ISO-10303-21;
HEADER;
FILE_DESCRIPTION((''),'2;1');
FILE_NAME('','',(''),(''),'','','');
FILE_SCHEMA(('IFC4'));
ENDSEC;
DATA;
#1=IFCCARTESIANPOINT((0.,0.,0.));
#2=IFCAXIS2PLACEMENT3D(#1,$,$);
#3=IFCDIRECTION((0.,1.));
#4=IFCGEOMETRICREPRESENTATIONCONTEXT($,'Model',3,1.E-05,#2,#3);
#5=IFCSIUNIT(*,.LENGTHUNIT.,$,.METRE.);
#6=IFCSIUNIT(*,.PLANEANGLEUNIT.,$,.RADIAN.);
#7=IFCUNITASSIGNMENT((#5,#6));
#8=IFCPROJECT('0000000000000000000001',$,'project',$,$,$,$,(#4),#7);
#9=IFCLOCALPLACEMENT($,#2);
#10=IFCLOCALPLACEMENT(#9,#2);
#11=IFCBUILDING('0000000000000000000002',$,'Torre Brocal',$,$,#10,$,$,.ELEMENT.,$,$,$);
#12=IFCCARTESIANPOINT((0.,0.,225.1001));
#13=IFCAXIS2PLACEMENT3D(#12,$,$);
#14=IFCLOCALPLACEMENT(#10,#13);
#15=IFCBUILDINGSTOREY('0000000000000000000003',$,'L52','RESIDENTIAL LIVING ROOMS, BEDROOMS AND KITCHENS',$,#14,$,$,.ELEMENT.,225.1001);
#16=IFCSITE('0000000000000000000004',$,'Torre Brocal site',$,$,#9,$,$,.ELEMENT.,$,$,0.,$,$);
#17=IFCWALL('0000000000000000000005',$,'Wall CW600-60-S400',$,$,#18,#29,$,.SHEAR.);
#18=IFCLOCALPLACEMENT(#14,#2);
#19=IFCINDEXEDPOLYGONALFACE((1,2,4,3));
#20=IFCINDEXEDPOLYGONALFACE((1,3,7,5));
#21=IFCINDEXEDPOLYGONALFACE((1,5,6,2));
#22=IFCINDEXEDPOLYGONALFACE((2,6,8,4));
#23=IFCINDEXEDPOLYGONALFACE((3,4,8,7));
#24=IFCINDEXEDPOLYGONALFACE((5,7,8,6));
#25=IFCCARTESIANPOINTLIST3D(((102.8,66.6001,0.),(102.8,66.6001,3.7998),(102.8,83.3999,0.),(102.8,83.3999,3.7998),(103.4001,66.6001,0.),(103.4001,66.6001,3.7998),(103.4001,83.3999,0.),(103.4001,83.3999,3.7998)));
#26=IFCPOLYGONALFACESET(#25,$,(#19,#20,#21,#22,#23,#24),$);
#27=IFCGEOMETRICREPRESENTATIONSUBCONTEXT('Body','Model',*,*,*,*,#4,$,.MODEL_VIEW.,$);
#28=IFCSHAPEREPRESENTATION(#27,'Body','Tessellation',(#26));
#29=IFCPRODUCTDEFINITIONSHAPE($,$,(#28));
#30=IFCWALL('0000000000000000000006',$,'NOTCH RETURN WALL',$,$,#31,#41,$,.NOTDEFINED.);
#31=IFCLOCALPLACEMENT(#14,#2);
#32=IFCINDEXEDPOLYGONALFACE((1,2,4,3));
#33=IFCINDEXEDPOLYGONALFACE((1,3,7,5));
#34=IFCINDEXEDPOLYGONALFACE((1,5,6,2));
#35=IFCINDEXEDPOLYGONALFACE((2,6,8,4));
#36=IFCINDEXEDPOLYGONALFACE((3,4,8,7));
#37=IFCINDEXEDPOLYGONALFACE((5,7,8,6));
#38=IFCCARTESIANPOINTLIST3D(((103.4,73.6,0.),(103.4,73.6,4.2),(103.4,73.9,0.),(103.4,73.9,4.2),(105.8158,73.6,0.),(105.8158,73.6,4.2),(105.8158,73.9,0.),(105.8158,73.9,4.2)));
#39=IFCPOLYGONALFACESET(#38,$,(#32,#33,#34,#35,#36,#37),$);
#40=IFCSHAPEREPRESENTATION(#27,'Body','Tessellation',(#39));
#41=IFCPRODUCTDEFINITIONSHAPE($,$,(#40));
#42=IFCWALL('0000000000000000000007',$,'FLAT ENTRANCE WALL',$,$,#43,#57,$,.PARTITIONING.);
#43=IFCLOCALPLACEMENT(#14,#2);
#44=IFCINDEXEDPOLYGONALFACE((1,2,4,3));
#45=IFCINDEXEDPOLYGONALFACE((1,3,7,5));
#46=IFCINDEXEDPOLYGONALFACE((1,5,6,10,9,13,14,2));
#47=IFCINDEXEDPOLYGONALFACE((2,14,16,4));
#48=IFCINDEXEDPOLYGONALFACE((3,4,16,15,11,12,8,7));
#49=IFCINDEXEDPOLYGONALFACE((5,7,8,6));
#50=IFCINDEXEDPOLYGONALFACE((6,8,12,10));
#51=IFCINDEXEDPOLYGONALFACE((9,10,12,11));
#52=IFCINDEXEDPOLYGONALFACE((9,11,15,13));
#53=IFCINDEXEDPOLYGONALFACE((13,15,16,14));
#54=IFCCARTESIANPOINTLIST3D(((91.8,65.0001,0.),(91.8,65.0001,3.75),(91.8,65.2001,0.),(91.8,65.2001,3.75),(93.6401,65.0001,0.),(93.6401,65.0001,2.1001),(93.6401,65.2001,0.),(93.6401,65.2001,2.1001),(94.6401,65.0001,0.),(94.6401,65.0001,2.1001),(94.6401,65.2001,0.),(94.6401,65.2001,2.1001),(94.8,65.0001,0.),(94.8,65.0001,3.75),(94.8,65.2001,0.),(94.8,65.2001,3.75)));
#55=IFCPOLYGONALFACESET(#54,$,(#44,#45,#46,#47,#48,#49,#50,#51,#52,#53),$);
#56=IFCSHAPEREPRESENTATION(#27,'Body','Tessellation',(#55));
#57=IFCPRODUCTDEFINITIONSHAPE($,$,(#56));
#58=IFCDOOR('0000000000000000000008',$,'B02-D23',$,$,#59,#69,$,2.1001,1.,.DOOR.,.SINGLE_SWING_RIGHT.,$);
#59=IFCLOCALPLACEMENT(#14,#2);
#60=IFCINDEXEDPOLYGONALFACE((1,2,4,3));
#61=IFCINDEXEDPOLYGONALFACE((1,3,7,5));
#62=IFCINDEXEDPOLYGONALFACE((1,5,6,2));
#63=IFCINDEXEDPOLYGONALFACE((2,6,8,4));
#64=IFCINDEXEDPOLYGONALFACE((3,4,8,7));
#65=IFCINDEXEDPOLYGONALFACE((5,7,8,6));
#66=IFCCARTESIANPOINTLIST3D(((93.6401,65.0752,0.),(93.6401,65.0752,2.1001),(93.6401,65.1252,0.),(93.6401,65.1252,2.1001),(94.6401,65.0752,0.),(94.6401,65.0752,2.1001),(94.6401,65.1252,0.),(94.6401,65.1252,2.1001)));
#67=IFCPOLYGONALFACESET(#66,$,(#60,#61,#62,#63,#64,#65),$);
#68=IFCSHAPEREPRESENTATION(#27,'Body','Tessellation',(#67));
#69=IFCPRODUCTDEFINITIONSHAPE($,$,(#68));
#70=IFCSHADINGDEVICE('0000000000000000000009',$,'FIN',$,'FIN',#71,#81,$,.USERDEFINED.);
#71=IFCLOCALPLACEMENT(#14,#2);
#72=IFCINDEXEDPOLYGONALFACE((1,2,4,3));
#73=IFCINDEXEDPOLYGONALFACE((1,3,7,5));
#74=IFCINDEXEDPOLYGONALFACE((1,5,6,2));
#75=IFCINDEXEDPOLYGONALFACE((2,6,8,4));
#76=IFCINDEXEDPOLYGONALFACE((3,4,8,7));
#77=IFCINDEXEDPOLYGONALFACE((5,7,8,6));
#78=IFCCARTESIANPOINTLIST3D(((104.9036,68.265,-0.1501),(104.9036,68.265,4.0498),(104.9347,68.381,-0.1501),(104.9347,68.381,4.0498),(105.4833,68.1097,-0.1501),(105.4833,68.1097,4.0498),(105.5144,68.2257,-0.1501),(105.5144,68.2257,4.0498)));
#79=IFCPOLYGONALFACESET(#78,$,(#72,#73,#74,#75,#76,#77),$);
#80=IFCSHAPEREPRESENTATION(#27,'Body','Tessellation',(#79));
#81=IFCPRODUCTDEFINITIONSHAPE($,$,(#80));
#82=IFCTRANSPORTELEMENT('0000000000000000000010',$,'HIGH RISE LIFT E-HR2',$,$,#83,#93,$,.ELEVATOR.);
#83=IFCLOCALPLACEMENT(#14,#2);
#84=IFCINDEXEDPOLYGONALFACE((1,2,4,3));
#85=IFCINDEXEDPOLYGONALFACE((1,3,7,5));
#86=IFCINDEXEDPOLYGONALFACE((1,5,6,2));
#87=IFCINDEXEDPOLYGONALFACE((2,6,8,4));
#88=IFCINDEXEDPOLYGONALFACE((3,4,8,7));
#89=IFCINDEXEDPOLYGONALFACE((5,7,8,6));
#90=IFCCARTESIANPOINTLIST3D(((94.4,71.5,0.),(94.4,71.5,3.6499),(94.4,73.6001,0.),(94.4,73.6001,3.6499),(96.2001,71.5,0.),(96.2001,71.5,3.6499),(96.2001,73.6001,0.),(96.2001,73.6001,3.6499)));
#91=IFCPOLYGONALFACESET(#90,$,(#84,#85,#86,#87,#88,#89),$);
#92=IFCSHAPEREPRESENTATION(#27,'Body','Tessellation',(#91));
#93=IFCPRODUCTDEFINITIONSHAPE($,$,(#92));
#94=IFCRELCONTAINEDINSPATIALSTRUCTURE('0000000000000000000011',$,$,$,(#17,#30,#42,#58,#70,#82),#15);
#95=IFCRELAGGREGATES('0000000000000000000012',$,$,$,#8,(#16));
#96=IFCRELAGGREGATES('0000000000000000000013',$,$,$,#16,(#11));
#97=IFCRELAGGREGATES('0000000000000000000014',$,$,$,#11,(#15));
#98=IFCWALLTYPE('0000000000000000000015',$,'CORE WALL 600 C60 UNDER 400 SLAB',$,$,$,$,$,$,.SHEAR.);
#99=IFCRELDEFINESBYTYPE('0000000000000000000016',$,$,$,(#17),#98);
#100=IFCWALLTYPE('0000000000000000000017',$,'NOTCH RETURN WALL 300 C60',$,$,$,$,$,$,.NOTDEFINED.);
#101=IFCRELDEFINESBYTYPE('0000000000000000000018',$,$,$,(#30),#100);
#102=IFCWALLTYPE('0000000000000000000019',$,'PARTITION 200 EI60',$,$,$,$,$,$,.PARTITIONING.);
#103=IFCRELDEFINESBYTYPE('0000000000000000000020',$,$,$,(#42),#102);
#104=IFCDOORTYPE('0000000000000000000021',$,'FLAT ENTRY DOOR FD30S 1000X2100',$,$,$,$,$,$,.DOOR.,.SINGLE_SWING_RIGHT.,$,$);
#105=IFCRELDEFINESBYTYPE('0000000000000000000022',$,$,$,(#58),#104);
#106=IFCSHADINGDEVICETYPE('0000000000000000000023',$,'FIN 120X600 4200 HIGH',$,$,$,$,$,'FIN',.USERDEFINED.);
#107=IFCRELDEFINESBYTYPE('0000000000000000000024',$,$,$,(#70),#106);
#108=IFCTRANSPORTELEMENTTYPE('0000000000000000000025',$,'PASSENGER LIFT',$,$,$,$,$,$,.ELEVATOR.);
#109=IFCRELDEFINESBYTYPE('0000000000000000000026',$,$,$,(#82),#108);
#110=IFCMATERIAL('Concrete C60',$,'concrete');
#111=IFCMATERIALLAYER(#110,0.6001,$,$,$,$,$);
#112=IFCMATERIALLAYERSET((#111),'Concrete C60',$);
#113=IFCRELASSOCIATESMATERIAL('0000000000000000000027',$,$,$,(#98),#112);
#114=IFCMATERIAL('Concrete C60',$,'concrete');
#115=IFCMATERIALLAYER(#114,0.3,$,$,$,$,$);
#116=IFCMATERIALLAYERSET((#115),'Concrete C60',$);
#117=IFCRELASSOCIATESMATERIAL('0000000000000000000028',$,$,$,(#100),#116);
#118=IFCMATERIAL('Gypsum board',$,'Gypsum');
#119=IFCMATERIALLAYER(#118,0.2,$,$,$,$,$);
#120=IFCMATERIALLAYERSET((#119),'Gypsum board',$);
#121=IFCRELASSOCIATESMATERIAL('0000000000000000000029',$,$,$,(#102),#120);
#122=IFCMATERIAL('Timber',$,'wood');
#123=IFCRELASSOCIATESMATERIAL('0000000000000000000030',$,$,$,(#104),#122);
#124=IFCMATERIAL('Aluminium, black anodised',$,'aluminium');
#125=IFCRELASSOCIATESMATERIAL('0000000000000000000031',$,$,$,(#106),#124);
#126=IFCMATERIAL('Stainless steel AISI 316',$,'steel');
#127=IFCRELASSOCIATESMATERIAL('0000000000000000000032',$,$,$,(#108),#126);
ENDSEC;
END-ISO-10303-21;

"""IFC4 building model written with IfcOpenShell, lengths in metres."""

from ifc_helpers import new_model, si_unit, direction, frame, frame_2d, origin, origin_2d, place, context, subcontext, project, spatial, rectangle, extrude, material, layer, layer_set, material_profile, profile_set, type_object, element, fill, save


model = new_model("IFC4")

# Units and contexts
model_context = context("Model", 3, precision=1e-05, world=origin(), true_north=direction((0.0, 1.0)))
body_context = subcontext(model_context, "Body", "Model", "MODEL_VIEW")
ifc_project = project(units=[si_unit("LENGTHUNIT", "METRE"), si_unit("PLANEANGLEUNIT", "RADIAN")], contexts=[model_context])

# Site, building, storey
site_placement = place(None, origin())
site = spatial("IfcSite", under=ifc_project, at=site_placement, Name="Torre Brocal site", CompositionType="ELEMENT", RefElevation=0.0)
building_placement = place(site_placement, origin())
building = spatial("IfcBuilding", under=site, at=building_placement, Name="Torre Brocal", CompositionType="ELEMENT")
storey_placement = place(building_placement, frame((0.0, 0.0, 225.1001)))
storey = spatial("IfcBuildingStorey", under=building, at=storey_placement, Name="L52", Description="RESIDENTIAL LIVING ROOMS, BEDROOMS AND KITCHENS", CompositionType="ELEMENT", Elevation=225.1001)

# Walls
ifc_material_1 = material(Name="Concrete C60", Category="concrete")
ifc_layer_1 = layer(ifc_material_1, 0.6001)
ifc_layer_set_1 = layer_set([ifc_layer_1], Name="Concrete C60")
wall_type_1 = type_object("IfcWallType", Name="CORE WALL 600 C60 UNDER 400 SLAB", PredefinedType="SHEAR", material=ifc_layer_set_1)
wall_1_placement = place(storey_placement, frame((103.1001, 66.6001, 0.0), z_axis=(0.0, 0.0, 1.0), x_axis=(0.0, 1.0, 0.0)))
element("IfcWall", 1, at=wall_1_placement, inside=storey, type_object=wall_type_1, Name="Wall CW600-60-S400", PredefinedType="SHEAR", context=body_context, shape_type="SweptSolid", body=[
    extrude(rectangle(XDim=16.7998, YDim=0.6001, at=frame_2d((8.3999, 0.0))), origin(), (0.0, 0.0, 1.0), 3.7998),
])
ifc_material_2 = material(Name="Concrete C60", Category="concrete")
ifc_layer_2 = layer(ifc_material_2, 0.3)
ifc_layer_set_2 = layer_set([ifc_layer_2], Name="Concrete C60")
wall_type_2 = type_object("IfcWallType", Name="NOTCH RETURN WALL 300 C60", PredefinedType="NOTDEFINED", material=ifc_layer_set_2)
wall_2_placement = place(storey_placement, frame((103.3999, 73.75, 0.0), z_axis=(0.0, 0.0, 1.0), x_axis=(1.0, 0.0, 0.0)))
element("IfcWall", 2, at=wall_2_placement, inside=storey, type_object=wall_type_2, Name="NOTCH RETURN WALL", PredefinedType="NOTDEFINED", context=body_context, shape_type="SweptSolid", body=[
    extrude(rectangle(XDim=2.4158, YDim=0.3, at=frame_2d((1.208, 0.0))), origin(), (0.0, 0.0, 1.0), 4.2),
])

# Wall, opening, door
ifc_material_3 = material(Name="Gypsum board", Category="Gypsum")
ifc_layer_3 = layer(ifc_material_3, 0.2)
ifc_layer_set_3 = layer_set([ifc_layer_3], Name="Gypsum board")
wall_type_3 = type_object("IfcWallType", Name="PARTITION 200 EI60", PredefinedType="PARTITIONING", material=ifc_layer_set_3)
wall_3_placement = place(storey_placement, frame((91.8, 65.1001, 0.0), z_axis=(0.0, 0.0, 1.0), x_axis=(1.0, 0.0, 0.0)))
wall_3 = element("IfcWall", 3, at=wall_3_placement, inside=storey, type_object=wall_type_3, Name="FLAT ENTRANCE WALL", PredefinedType="PARTITIONING", context=body_context, shape_type="SweptSolid", body=[
    extrude(rectangle(XDim=3.0, YDim=0.2, at=frame_2d((1.5, 0.0))), origin(), (0.0, 0.0, 1.0), 3.75),
])
opening_1_placement = place(wall_3_placement, frame((1.8401, 0.0, 0.0)))
opening_1 = element("IfcOpeningElement", 4, at=opening_1_placement, cuts=wall_3, PredefinedType="OPENING", context=body_context, shape_type="SweptSolid", body=[
    extrude(rectangle(XDim=1.0, YDim=2.1001, at=frame_2d((0.5, 1.05))), frame((0.0, 0.1099, 0.0), z_axis=(0.0, -1.0, 0.0), x_axis=(1.0, 0.0, 0.0)), (0.0, 0.0, 1.0), 0.22),
])
ifc_material_4 = material(Name="Timber", Category="wood")
door_type_1 = type_object("IfcDoorType", Name="FLAT ENTRY DOOR FD30S 1000X2100", OperationType="SINGLE_SWING_RIGHT", PredefinedType="DOOR", material=ifc_material_4)
door_1_placement = place(opening_1_placement, frame((1.0, 0.0, 0.0), z_axis=(0.0, 0.0, 1.0), x_axis=(-1.0, 0.0, 0.0)))
door_1 = element("IfcDoor", 5, at=door_1_placement, inside=storey, type_object=door_type_1, Name="B02-D23", OperationType="SINGLE_SWING_RIGHT", OverallHeight=2.1001, OverallWidth=1.0, PredefinedType="DOOR", context=body_context, shape_type="SweptSolid", body=[
    extrude(rectangle(XDim=1.0, YDim=2.1001, at=frame_2d((0.5, 1.05))), frame((0.0, 0.0249, 0.0), z_axis=(0.0, -1.0, 0.0), x_axis=(1.0, 0.0, 0.0)), (0.0, 0.0, 1.0), 0.05),
])
fill(opening_1, door_1)

# Shading device
ifc_material_5 = material(Name="Aluminium, black anodised", Category="aluminium")
ifc_material_profile_1 = material_profile(ifc_material_5, rectangle(XDim=0.1201, YDim=0.6001, at=origin_2d()), Name="FIN 120X600 4200 HIGH")
ifc_profile_set_1 = profile_set([ifc_material_profile_1], Name="Aluminium, black anodised")
shading_device_type = type_object("IfcShadingDeviceType", Name="FIN 120X600 4200 HIGH", ElementType="FIN", PredefinedType="USERDEFINED", material=ifc_profile_set_1)
shading_device_placement = place(storey_placement, frame((105.209, 68.2454, -0.1501), z_axis=(0.0, 0.0, 1.0), x_axis=(0.258819, 0.965926, 0.0)))
element("IfcShadingDevice", 6, at=shading_device_placement, inside=storey, type_object=shading_device_type, Name="FIN", ObjectType="FIN", PredefinedType="USERDEFINED", context=body_context, shape_type="SweptSolid", body=[
    extrude(rectangle(XDim=0.1201, YDim=0.6001, at=origin_2d()), origin(), (0.0, 0.0, 1.0), 4.2),
])

# Transport element
ifc_material_6 = material(Name="Stainless steel AISI 316", Category="steel")
transport_element_type = type_object("IfcTransportElementType", Name="PASSENGER LIFT", PredefinedType="ELEVATOR", material=ifc_material_6)
transport_element_placement = place(storey_placement, frame((95.3, 72.55, 0.0), z_axis=(0.0, 0.0, 1.0), x_axis=(1.0, 0.0, 0.0)))
element("IfcTransportElement", 7, at=transport_element_placement, inside=storey, type_object=transport_element_type, Name="HIGH RISE LIFT E-HR2", PredefinedType="ELEVATOR", context=body_context, shape_type="SweptSolid", body=[
    extrude(rectangle(XDim=1.8, YDim=2.1001, at=origin_2d()), origin(), (0.0, 0.0, 1.0), 3.6499),
])

save(model, "model.ifc")
